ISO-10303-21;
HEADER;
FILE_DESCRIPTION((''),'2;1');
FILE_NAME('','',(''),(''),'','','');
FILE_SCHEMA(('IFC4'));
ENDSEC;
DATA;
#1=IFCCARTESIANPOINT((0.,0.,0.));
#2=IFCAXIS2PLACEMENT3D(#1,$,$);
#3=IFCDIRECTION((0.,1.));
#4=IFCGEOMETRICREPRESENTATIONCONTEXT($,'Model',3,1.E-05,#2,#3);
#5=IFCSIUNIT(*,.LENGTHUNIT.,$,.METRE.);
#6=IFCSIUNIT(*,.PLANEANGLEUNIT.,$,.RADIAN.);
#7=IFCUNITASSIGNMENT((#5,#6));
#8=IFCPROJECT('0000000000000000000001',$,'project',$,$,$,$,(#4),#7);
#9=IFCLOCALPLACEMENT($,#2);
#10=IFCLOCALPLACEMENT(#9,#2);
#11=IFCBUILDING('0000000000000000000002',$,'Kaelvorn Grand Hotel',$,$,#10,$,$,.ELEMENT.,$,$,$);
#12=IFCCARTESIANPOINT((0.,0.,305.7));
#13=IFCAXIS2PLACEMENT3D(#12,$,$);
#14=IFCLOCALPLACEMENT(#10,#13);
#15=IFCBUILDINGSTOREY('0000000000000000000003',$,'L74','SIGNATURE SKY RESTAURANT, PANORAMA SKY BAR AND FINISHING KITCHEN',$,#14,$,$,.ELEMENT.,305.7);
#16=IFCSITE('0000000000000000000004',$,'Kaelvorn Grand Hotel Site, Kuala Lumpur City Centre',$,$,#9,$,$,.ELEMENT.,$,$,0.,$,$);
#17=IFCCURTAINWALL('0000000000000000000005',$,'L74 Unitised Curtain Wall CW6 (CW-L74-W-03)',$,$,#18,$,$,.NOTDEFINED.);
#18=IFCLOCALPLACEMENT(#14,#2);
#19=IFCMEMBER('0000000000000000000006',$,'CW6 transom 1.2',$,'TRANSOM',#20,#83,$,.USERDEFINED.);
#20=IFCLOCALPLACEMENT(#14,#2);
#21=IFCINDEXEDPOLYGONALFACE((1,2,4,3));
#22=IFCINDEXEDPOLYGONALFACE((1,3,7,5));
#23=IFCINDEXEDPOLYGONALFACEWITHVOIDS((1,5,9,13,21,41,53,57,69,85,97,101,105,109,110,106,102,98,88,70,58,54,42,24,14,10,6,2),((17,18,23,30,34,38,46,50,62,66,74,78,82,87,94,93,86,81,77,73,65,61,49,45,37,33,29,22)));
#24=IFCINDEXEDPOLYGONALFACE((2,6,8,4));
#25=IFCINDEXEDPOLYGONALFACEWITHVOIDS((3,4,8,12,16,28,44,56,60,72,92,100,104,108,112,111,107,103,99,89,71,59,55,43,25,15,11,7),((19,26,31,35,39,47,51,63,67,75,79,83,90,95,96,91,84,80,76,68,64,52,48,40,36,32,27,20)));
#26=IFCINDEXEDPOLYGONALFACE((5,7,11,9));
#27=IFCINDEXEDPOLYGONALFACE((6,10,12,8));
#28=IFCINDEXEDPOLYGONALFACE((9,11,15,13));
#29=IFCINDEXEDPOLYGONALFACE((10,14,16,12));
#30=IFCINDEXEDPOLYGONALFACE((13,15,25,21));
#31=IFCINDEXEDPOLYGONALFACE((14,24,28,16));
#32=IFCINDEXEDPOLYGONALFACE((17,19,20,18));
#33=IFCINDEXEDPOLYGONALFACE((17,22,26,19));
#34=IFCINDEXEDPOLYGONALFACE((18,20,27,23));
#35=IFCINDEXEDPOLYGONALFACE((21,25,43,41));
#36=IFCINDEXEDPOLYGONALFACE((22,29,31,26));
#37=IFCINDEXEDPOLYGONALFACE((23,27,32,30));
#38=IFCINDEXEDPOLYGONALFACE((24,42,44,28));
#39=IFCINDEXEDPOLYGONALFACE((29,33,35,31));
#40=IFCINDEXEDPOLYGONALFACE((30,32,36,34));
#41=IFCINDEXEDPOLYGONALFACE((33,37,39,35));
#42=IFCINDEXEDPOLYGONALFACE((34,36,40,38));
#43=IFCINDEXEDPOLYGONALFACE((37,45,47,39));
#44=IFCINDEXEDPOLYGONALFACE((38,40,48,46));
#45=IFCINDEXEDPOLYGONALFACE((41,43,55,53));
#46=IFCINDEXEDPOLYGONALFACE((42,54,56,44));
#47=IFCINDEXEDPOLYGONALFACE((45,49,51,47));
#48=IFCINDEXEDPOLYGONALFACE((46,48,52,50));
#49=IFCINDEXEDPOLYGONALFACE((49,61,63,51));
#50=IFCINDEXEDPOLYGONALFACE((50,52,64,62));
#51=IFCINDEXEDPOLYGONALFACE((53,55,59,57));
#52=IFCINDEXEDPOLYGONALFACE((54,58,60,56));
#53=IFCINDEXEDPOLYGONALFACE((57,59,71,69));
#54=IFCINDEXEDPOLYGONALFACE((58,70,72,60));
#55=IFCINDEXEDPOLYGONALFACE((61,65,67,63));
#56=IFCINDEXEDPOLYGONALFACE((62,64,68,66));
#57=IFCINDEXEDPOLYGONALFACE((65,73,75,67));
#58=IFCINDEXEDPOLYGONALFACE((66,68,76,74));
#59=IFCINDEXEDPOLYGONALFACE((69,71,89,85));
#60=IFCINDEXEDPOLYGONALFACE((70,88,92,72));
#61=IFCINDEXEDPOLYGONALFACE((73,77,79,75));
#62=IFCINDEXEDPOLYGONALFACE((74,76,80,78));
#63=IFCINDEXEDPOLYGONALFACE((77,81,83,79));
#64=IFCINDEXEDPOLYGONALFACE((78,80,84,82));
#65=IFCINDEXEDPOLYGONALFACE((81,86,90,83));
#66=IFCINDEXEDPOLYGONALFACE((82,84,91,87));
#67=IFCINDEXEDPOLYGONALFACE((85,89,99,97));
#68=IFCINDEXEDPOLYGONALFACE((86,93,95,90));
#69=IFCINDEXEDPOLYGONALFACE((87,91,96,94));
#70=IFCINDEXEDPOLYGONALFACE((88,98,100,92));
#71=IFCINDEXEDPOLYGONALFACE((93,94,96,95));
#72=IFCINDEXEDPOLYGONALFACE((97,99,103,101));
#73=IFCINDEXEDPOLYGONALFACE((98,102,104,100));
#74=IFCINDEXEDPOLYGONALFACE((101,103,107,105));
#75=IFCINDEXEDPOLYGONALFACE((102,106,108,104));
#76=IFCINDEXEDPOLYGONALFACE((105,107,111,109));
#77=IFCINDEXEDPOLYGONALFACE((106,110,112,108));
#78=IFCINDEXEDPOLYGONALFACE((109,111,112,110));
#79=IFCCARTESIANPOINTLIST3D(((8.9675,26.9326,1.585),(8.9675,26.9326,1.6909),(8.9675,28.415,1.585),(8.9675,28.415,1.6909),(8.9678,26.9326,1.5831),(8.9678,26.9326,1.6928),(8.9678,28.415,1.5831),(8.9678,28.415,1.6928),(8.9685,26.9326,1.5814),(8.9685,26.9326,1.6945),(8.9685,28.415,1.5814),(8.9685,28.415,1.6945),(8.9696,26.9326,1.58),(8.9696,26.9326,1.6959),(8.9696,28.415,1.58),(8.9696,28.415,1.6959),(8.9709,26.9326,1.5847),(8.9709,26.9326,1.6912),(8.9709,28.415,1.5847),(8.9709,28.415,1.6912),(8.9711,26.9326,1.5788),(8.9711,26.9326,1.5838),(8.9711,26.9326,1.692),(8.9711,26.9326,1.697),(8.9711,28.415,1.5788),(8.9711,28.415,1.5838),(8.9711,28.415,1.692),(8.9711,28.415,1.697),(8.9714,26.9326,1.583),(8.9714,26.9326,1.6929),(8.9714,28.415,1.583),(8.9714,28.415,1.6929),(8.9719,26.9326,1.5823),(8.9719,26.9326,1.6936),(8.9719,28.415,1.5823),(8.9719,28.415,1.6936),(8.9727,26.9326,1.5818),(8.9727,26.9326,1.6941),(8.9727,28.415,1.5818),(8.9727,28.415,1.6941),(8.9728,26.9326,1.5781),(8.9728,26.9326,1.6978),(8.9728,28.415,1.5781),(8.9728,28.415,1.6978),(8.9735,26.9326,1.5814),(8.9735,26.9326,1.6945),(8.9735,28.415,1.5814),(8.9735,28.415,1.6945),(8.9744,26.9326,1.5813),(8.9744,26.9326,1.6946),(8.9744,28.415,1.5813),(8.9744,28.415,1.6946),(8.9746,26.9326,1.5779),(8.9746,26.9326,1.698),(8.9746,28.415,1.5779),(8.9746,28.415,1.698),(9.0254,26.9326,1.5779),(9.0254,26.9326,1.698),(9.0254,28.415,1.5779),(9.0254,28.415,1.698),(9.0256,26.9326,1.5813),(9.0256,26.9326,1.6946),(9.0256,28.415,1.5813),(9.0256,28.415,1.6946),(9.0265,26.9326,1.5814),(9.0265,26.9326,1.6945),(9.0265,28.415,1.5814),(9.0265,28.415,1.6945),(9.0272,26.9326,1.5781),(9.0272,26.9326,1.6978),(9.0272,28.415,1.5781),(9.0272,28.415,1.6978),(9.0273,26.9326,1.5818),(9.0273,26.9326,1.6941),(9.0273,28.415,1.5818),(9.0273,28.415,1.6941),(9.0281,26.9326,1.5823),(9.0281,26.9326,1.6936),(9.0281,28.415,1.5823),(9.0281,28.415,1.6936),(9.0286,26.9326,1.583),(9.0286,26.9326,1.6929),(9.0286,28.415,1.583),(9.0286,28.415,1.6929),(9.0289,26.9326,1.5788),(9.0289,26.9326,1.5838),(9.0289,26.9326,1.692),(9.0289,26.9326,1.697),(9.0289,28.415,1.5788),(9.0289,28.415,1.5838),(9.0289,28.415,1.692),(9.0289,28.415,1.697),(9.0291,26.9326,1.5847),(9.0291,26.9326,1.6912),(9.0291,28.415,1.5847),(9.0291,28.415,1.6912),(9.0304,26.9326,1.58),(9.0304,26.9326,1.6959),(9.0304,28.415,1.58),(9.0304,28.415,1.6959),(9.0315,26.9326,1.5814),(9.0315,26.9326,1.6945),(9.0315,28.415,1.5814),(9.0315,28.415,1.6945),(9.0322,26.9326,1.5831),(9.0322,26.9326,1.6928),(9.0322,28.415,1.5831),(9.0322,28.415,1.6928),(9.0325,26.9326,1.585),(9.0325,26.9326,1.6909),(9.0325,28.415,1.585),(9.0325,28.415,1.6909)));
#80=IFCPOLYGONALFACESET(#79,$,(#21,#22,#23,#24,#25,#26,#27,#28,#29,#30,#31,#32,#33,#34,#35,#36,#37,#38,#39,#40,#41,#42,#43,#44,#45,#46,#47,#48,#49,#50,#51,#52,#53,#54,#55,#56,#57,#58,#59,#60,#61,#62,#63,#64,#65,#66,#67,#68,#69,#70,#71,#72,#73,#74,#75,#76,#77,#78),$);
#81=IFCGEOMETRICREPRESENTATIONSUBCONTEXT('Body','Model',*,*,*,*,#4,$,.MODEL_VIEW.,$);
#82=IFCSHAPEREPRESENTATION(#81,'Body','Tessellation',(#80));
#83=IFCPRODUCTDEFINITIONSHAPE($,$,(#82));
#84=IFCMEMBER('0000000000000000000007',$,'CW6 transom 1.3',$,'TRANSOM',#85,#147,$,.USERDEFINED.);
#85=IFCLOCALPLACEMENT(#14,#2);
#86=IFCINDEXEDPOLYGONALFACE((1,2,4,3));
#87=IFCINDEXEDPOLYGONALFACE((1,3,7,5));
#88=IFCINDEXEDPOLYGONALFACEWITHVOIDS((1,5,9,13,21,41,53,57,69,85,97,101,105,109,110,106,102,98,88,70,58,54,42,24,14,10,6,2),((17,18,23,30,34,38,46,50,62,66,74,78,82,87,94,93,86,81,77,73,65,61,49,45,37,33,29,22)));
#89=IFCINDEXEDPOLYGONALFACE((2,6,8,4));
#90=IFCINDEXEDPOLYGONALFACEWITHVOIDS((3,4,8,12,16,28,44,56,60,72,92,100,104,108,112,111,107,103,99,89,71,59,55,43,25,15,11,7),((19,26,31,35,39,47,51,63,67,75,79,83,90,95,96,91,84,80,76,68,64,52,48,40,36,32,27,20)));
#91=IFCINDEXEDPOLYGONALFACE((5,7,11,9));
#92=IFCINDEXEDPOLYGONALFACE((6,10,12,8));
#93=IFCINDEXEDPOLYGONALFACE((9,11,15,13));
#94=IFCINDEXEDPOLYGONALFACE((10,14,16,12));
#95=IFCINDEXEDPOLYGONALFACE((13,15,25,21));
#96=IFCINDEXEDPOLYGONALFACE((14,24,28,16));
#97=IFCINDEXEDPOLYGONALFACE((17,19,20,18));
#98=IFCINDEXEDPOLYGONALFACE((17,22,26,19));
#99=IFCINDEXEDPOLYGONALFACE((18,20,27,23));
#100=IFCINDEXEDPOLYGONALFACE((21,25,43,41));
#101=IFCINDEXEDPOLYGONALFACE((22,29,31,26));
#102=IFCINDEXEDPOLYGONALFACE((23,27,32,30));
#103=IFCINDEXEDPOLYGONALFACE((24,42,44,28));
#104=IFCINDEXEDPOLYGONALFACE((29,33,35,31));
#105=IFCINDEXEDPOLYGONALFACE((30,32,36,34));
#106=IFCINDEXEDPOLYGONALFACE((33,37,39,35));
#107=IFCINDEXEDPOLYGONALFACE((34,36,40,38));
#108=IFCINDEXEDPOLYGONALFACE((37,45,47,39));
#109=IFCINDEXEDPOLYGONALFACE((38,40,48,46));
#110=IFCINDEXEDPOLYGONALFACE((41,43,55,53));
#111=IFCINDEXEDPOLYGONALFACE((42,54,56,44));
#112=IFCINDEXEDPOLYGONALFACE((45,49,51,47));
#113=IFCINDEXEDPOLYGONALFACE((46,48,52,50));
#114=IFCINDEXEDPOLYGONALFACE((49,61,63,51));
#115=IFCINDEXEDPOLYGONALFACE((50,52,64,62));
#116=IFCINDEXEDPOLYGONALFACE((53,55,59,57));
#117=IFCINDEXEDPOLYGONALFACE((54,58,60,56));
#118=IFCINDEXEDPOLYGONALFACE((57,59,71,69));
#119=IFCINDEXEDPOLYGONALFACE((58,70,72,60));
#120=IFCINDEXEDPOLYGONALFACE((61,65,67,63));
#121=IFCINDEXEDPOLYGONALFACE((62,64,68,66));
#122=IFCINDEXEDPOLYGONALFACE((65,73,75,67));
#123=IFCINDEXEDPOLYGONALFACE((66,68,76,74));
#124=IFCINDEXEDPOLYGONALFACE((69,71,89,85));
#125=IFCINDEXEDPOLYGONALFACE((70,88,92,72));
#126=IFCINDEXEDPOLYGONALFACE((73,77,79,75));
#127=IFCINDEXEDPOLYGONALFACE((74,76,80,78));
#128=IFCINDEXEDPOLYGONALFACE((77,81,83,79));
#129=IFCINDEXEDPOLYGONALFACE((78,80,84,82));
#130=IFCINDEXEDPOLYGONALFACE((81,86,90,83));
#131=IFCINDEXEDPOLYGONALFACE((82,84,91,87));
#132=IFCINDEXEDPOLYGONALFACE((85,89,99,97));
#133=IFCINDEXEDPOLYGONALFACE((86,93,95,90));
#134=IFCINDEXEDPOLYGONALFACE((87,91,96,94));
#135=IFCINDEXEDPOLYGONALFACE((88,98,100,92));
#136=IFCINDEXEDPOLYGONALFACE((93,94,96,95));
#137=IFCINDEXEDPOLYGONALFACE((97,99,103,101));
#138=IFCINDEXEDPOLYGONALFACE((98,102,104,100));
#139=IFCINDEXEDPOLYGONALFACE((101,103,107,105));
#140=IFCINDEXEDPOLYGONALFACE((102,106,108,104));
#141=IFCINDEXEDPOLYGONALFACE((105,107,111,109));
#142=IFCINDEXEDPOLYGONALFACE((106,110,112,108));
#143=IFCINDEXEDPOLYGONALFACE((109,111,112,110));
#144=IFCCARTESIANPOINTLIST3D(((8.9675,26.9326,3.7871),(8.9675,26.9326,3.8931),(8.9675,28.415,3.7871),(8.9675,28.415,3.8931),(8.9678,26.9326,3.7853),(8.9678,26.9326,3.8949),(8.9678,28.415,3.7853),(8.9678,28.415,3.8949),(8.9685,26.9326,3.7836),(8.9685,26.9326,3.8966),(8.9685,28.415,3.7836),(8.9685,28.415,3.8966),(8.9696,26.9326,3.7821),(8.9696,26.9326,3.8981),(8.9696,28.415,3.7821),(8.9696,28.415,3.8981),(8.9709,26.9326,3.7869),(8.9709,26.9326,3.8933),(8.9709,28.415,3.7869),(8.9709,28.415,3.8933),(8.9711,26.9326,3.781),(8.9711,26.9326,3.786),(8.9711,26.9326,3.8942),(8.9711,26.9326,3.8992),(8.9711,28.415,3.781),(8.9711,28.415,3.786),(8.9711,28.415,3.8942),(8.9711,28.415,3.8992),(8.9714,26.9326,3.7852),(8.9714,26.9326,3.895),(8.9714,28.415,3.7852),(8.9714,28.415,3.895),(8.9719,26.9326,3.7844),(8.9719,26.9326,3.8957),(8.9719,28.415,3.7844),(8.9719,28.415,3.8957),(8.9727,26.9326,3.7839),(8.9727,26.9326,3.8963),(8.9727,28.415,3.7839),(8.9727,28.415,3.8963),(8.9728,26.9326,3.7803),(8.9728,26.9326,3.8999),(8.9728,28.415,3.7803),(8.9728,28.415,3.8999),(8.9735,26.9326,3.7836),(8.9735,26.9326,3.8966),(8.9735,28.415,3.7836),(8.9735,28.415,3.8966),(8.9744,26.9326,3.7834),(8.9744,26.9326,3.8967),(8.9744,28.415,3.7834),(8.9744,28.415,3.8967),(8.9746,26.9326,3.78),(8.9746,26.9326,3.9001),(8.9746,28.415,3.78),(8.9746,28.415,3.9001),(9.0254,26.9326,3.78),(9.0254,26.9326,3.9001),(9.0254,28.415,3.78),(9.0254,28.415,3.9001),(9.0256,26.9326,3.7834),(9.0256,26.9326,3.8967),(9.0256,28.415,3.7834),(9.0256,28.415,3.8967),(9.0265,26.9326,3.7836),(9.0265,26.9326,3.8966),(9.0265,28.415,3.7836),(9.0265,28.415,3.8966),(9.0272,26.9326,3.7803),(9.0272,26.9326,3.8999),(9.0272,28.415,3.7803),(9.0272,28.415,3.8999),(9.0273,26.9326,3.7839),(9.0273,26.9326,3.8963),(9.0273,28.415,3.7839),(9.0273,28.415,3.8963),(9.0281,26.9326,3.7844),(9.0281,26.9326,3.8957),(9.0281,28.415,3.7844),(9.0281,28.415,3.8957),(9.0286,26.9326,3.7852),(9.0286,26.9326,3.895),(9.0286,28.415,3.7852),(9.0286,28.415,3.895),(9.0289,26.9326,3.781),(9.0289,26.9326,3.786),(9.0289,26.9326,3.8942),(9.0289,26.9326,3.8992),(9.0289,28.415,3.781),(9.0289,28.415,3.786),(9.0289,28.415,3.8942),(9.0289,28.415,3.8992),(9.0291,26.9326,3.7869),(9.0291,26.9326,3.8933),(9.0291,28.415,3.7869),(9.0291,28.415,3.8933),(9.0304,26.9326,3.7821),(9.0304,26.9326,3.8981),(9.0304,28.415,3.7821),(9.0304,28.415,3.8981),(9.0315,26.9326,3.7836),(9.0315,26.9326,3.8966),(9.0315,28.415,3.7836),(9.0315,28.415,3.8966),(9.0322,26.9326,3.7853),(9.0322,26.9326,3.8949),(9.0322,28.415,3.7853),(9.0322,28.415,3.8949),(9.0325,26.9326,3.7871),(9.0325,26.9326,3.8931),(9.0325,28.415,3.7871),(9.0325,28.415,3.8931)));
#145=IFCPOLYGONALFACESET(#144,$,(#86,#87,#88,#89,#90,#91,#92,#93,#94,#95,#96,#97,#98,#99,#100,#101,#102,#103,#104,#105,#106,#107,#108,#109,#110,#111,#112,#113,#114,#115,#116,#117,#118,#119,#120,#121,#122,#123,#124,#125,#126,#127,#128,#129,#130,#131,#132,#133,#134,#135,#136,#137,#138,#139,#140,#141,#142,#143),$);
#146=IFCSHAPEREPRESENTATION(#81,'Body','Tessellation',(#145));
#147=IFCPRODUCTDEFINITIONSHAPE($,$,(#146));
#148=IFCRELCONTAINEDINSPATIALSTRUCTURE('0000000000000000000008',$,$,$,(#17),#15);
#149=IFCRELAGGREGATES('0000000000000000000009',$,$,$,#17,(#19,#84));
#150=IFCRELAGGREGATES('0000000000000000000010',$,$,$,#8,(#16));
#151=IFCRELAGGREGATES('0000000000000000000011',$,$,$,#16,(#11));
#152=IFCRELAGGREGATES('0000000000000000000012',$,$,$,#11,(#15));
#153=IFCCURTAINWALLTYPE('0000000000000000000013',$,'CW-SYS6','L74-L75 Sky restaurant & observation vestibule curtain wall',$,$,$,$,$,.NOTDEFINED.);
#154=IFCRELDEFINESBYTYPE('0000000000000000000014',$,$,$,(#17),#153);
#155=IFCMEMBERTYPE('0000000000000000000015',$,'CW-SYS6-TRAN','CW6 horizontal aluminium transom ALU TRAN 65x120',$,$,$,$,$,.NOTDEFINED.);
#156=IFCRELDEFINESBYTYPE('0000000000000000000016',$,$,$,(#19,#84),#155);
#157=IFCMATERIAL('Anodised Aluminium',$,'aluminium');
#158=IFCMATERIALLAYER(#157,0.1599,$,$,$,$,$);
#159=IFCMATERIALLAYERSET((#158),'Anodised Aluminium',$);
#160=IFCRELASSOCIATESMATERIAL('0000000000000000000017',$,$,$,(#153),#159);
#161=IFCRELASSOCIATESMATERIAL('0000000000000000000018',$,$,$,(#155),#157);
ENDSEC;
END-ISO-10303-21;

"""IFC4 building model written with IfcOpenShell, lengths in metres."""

from ifc_helpers import new_model, si_unit, direction, frame, origin, origin_2d, place, context, subcontext, project, spatial, hollow_rectangle, extrude, material, layer, layer_set, material_profile, profile_set, type_object, element, aggregate, save


model = new_model("IFC4")

# Units and contexts
model_context = context("Model", 3, precision=1e-05, world=origin(), true_north=direction((0.0, 1.0)))
body_context = subcontext(model_context, "Body", "Model", "MODEL_VIEW")
ifc_project = project(units=[si_unit("LENGTHUNIT", "METRE"), si_unit("PLANEANGLEUNIT", "RADIAN")], contexts=[model_context])

# Site, building, storey
site_placement = place(None, origin())
site = spatial("IfcSite", under=ifc_project, at=site_placement, Name="Kaelvorn Grand Hotel Site, Kuala Lumpur City Centre", CompositionType="ELEMENT", RefElevation=0.0)
building_placement = place(site_placement, origin())
building = spatial("IfcBuilding", under=site, at=building_placement, Name="Kaelvorn Grand Hotel", CompositionType="ELEMENT")
storey_placement = place(building_placement, frame((0.0, 0.0, 305.7)))
storey = spatial("IfcBuildingStorey", under=building, at=storey_placement, Name="L74", Description="SIGNATURE SKY RESTAURANT, PANORAMA SKY BAR AND FINISHING KITCHEN", CompositionType="ELEMENT", Elevation=305.7)

# Curtain wall
ifc_material_1 = material(Name="Anodised Aluminium", Category="aluminium")
ifc_layer_1 = layer(ifc_material_1, 0.1599)
ifc_layer_set_1 = layer_set([ifc_layer_1], Name="Anodised Aluminium")
curtain_wall_type = type_object("IfcCurtainWallType", Name="CW-SYS6", Description="L74-L75 Sky restaurant & observation vestibule curtain wall", PredefinedType="NOTDEFINED", material=ifc_layer_set_1)
curtain_wall_1_placement = place(storey_placement, origin())
curtain_wall_1 = element("IfcCurtainWall", 1, at=curtain_wall_1_placement, inside=storey, type_object=curtain_wall_type, Name="L74 Unitised Curtain Wall CW6 (CW-L74-W-03)", PredefinedType="NOTDEFINED")

# Members
ifc_material_profile_1 = material_profile(ifc_material_1, hollow_rectangle(XDim=0.0649, YDim=0.1201, WallThickness=0.0034, InnerFilletRadius=0.0034, OuterFilletRadius=0.0071, at=origin_2d()), Name="ALU TRAN 65x120")
ifc_profile_set_1 = profile_set([ifc_material_profile_1], Name="Anodised Aluminium")
member_type_1 = type_object("IfcMemberType", Name="CW-SYS6-TRAN", Description="CW6 horizontal aluminium transom ALU TRAN 65x120", PredefinedType="NOTDEFINED", material=ifc_profile_set_1)
member_1_placement = place(storey_placement, frame((9.0, 28.415, 1.6379), z_axis=(0.0, -1.0, 0.0), x_axis=(1.0, 0.0, 0.0)))
member_1 = element("IfcMember", 2, at=member_1_placement, type_object=member_type_1, Name="CW6 transom 1.2", ObjectType="TRANSOM", PredefinedType="USERDEFINED", context=body_context, shape_type="SweptSolid", body=[
    extrude(hollow_rectangle(XDim=0.0649, YDim=0.1201, WallThickness=0.0034, InnerFilletRadius=0.0034, OuterFilletRadius=0.0071, at=origin_2d()), origin(), (0.0, 0.0, 1.0), 1.4824),
])
member_2_placement = place(storey_placement, frame((9.0, 28.415, 3.8401), z_axis=(0.0, -1.0, 0.0), x_axis=(1.0, 0.0, 0.0)))
member_2 = element("IfcMember", 3, at=member_2_placement, type_object=member_type_1, Name="CW6 transom 1.3", ObjectType="TRANSOM", PredefinedType="USERDEFINED", context=body_context, shape_type="SweptSolid", body=[
    extrude(hollow_rectangle(XDim=0.0649, YDim=0.1201, WallThickness=0.0034, InnerFilletRadius=0.0034, OuterFilletRadius=0.0071, at=origin_2d()), origin(), (0.0, 0.0, 1.0), 1.4824),
])

aggregate(curtain_wall_1, [member_1, member_2])

save(model, "model.ifc")
